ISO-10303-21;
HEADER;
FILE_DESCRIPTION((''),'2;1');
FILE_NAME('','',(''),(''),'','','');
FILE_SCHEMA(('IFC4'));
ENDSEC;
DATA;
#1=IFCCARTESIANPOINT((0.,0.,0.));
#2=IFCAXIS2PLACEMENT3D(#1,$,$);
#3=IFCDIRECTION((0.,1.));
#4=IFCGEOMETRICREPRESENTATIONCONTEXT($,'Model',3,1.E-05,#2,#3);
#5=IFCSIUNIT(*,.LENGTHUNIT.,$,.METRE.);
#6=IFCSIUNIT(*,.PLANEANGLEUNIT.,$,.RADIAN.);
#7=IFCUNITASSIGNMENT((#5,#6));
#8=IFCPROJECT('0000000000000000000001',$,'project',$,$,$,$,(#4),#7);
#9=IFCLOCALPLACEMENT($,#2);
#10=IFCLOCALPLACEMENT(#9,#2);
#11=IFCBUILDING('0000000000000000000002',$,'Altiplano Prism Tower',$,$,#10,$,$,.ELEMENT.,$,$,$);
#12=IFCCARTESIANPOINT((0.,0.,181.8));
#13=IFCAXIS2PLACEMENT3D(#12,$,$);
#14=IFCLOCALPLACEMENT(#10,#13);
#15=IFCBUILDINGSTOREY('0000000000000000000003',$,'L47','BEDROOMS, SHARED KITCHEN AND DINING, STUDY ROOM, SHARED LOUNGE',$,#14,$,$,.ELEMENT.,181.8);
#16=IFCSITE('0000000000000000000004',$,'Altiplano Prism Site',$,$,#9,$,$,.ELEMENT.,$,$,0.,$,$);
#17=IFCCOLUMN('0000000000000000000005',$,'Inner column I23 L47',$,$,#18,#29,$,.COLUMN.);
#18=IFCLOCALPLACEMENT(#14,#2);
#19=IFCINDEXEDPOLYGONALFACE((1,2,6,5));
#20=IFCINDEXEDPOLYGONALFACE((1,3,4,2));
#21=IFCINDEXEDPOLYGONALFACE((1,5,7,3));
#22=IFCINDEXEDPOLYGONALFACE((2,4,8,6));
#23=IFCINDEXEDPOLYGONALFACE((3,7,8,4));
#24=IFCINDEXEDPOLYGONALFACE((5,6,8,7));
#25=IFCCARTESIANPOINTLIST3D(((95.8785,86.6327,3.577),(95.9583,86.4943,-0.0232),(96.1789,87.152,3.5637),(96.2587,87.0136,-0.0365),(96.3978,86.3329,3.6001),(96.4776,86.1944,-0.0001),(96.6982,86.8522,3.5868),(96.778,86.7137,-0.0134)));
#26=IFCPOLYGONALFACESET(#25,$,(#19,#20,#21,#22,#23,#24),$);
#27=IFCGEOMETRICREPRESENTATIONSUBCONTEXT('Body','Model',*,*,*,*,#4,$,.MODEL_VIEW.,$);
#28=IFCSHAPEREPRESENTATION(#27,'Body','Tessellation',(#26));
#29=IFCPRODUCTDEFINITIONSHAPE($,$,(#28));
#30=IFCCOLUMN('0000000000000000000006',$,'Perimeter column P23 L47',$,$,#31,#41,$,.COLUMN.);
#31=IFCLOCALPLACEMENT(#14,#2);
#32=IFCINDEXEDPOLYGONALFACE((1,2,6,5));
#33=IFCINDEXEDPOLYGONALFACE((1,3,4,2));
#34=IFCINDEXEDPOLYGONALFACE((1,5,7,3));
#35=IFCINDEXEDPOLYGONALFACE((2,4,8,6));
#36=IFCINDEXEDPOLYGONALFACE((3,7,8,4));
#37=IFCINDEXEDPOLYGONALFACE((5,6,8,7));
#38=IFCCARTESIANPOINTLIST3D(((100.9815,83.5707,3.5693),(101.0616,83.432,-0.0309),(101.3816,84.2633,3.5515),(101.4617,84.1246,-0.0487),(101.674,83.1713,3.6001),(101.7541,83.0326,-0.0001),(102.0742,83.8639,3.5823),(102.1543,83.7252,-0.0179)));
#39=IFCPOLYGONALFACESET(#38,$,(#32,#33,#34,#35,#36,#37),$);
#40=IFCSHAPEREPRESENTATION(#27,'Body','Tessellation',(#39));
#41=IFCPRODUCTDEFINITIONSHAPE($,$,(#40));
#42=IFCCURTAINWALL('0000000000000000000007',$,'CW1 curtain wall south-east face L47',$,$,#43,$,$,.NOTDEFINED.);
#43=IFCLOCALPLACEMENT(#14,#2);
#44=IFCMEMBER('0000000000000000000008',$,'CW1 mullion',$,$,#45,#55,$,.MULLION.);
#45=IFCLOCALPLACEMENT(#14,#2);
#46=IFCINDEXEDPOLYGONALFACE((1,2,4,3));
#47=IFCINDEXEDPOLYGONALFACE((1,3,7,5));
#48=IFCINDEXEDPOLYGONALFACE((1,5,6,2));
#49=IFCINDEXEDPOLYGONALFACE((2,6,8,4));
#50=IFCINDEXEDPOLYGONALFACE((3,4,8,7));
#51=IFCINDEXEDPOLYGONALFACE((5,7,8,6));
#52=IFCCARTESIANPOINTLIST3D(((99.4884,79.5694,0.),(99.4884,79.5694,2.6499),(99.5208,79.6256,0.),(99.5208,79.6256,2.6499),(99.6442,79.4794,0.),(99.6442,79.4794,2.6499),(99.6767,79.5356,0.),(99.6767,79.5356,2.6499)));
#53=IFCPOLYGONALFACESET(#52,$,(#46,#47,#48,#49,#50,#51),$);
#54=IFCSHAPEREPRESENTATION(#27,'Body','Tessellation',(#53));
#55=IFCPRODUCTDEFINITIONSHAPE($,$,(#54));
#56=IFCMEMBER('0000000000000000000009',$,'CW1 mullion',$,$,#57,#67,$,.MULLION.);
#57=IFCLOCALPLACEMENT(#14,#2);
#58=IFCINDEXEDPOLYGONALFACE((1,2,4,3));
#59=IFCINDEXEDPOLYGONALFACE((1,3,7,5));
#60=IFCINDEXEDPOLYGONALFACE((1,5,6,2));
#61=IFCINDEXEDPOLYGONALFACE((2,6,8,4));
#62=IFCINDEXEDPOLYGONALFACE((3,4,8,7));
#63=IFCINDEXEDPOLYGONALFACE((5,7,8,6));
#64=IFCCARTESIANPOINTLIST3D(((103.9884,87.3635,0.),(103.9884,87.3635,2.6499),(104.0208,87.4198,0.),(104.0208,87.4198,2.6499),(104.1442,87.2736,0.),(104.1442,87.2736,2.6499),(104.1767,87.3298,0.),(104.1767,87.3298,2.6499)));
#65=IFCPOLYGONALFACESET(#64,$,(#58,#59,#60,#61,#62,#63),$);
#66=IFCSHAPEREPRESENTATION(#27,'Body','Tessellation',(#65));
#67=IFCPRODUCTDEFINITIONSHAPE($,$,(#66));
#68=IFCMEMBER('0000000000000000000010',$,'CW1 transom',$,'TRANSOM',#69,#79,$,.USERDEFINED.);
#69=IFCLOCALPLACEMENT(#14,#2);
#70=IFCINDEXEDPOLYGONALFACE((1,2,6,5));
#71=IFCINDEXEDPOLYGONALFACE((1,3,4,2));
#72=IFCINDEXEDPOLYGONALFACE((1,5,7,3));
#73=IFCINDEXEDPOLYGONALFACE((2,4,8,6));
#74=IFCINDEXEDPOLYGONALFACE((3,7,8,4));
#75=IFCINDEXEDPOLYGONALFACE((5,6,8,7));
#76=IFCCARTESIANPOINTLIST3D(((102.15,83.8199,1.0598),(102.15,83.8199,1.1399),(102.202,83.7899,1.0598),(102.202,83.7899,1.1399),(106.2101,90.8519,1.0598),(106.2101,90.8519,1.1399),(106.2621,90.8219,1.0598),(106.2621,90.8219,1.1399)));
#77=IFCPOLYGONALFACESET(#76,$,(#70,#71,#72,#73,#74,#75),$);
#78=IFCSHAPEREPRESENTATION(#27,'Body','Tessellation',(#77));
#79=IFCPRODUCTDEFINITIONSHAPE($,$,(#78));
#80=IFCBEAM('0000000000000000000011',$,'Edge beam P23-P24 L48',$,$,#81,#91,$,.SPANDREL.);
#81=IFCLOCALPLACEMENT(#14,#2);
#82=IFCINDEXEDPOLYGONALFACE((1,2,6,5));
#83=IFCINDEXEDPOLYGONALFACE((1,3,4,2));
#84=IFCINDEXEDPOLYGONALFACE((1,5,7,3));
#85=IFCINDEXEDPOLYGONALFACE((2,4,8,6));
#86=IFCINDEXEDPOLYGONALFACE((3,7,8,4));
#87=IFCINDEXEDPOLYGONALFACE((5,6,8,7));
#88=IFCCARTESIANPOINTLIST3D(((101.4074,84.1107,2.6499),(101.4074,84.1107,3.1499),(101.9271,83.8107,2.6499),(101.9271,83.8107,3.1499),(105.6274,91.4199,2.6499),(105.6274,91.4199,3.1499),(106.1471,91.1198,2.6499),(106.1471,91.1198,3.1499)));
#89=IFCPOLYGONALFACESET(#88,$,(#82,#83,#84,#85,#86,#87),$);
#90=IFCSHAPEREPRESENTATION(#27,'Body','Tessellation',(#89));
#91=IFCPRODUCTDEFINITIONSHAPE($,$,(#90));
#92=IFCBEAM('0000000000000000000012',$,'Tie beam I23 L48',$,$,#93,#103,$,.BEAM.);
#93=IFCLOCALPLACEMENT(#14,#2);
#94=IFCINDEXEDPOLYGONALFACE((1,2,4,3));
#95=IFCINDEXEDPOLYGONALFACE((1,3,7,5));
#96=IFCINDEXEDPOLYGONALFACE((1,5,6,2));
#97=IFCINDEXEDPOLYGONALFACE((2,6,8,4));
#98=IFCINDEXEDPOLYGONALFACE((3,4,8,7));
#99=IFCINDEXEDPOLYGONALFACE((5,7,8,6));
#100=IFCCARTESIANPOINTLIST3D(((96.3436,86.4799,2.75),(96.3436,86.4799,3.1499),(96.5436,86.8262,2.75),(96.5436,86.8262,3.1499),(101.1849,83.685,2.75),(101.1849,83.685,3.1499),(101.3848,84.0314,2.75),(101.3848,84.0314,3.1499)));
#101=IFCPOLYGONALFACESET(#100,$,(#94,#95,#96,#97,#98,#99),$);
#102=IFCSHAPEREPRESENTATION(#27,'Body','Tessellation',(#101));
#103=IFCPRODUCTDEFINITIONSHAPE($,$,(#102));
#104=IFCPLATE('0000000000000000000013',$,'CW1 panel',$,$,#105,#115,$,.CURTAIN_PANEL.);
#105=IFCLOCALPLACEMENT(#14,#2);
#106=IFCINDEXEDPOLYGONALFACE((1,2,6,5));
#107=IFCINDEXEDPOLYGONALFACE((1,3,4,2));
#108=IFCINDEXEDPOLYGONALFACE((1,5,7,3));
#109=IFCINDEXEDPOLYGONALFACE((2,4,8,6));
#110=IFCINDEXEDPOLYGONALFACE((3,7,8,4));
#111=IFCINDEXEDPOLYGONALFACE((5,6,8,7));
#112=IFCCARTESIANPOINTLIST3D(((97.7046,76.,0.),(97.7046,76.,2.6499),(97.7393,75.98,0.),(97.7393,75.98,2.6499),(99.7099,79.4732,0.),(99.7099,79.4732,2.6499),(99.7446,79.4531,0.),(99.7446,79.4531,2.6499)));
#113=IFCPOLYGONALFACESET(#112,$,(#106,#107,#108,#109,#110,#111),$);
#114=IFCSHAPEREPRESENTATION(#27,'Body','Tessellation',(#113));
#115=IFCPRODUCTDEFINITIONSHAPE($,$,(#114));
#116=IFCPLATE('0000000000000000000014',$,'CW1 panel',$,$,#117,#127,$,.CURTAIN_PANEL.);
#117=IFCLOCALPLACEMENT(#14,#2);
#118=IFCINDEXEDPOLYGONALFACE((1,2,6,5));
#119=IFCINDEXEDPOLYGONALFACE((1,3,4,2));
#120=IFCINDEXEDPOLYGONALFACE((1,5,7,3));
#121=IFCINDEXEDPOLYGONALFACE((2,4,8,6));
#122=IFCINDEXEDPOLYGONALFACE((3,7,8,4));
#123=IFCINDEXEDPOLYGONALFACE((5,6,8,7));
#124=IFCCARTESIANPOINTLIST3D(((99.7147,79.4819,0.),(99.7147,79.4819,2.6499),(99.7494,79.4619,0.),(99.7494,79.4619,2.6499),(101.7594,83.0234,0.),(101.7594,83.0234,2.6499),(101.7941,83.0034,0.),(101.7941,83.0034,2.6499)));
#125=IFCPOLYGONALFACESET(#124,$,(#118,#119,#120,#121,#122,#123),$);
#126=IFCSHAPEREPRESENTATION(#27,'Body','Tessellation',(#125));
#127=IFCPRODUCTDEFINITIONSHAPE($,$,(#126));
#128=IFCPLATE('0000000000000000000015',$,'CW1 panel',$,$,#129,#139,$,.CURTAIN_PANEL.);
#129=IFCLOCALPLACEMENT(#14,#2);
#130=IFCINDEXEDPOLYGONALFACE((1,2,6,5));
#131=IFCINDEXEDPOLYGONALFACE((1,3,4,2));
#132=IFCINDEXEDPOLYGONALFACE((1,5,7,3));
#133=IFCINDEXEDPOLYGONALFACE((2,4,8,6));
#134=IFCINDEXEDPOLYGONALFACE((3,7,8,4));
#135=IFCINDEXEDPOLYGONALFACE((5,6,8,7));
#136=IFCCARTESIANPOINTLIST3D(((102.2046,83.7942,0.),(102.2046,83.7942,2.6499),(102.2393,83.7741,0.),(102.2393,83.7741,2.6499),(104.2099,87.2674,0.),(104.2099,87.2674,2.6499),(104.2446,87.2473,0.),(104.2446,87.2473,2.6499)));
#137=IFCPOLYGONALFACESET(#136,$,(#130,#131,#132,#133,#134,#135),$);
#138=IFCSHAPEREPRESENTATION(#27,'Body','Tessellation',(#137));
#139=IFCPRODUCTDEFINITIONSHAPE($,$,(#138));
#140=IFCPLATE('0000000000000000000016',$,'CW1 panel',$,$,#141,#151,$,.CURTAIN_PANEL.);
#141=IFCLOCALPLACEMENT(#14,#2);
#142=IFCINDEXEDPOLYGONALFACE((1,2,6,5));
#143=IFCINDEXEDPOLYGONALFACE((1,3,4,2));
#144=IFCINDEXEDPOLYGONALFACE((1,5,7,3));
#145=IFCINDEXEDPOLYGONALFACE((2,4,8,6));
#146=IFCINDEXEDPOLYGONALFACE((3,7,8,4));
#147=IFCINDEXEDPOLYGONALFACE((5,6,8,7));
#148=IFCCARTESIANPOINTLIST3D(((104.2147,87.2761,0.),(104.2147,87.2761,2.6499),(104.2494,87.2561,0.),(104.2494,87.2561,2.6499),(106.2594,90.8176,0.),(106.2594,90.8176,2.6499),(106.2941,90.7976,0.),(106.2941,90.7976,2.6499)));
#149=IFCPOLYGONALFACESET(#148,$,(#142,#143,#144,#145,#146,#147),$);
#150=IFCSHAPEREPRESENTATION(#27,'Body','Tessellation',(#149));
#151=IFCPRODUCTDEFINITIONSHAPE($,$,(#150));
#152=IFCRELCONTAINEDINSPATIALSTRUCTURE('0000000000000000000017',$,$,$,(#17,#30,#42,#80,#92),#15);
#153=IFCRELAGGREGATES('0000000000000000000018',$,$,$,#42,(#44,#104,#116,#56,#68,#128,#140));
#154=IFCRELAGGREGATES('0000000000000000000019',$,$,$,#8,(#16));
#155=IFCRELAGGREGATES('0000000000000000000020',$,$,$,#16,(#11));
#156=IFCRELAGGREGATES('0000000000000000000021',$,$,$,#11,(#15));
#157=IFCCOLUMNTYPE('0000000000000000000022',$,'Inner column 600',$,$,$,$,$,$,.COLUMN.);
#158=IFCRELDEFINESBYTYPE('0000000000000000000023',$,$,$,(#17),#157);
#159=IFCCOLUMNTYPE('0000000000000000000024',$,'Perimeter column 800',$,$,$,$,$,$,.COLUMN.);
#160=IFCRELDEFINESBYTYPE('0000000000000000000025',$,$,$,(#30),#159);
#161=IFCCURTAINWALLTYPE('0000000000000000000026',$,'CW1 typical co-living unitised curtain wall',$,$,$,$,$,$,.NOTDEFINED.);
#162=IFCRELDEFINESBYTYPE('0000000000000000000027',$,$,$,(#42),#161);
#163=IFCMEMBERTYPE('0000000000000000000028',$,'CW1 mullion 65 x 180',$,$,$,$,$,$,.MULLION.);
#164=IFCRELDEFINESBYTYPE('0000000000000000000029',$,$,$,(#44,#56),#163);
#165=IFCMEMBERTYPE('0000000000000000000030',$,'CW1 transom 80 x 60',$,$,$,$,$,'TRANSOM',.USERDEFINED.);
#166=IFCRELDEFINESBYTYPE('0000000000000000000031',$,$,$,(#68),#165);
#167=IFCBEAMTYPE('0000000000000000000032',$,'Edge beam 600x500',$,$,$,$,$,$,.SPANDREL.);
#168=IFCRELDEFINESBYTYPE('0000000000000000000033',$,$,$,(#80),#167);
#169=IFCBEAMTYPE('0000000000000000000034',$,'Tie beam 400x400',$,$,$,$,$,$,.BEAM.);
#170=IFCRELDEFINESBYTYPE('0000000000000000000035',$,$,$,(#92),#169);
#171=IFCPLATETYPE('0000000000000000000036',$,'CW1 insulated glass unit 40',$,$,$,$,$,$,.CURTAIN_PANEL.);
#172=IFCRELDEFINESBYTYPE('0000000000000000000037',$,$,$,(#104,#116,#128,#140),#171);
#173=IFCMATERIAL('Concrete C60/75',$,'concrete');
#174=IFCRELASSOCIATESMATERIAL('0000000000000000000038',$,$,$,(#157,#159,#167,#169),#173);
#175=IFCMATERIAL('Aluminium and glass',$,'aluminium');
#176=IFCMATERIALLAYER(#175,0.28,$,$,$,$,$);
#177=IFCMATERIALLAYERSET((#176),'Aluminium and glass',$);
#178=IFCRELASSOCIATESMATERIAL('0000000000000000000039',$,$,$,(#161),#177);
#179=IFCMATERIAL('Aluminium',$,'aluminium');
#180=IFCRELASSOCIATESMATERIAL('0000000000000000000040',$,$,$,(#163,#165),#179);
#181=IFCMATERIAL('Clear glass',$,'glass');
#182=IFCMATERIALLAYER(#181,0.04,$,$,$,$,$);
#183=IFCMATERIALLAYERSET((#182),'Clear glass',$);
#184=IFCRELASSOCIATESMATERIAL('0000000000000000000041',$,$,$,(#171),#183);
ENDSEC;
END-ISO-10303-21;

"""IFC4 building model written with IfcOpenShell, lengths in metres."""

from ifc_helpers import new_model, si_unit, direction, frame, origin, origin_2d, place, context, subcontext, project, spatial, rectangle, extrude, material, layer, layer_set, material_profile, profile_set, type_object, element, aggregate, save


model = new_model("IFC4")

# Units and contexts
model_context = context("Model", 3, precision=1e-05, world=origin(), true_north=direction((0.0, 1.0)))
body_context = subcontext(model_context, "Body", "Model", "MODEL_VIEW")
ifc_project = project(units=[si_unit("LENGTHUNIT", "METRE"), si_unit("PLANEANGLEUNIT", "RADIAN")], contexts=[model_context])

# Site, building, storey
site_placement = place(None, origin())
site = spatial("IfcSite", under=ifc_project, at=site_placement, Name="Altiplano Prism Site", CompositionType="ELEMENT", RefElevation=0.0)
building_placement = place(site_placement, origin())
building = spatial("IfcBuilding", under=site, at=building_placement, Name="Altiplano Prism Tower", CompositionType="ELEMENT")
storey_placement = place(building_placement, frame((0.0, 0.0, 181.8)))
storey = spatial("IfcBuildingStorey", under=building, at=storey_placement, Name="L47", Description="BEDROOMS, SHARED KITCHEN AND DINING, STUDY ROOM, SHARED LOUNGE", CompositionType="ELEMENT", Elevation=181.8)

# Columns
ifc_material_1 = material(Name="Concrete C60/75", Category="concrete")
ifc_material_profile_1 = material_profile(ifc_material_1, rectangle(XDim=0.6001, YDim=0.6001, at=origin_2d()), Name="Inner column 600")
ifc_profile_set_1 = profile_set([ifc_material_profile_1], Name="Concrete C60/75")
column_type_1 = type_object("IfcColumnType", Name="Inner column 600", PredefinedType="COLUMN", material=ifc_profile_set_1)
column_1_placement = place(storey_placement, frame((96.3682, 86.604, -0.0183), z_axis=(-0.022154, 0.038413, 0.999016), x_axis=(-0.500655, -0.865363, 0.022172)))
element("IfcColumn", 1, at=column_1_placement, inside=storey, type_object=column_type_1, Name="Inner column I23 L47", PredefinedType="COLUMN", context=body_context, shape_type="SweptSolid", body=[
    extrude(rectangle(XDim=0.6001, YDim=0.6001, at=origin_2d()), origin(), (0.0, 0.0, 1.0), 3.6038),
])
ifc_material_profile_2 = material_profile(ifc_material_1, rectangle(XDim=0.8, YDim=0.8, at=origin_2d()), Name="Perimeter column 800")
ifc_profile_set_2 = profile_set([ifc_material_profile_2], Name="Concrete C60/75")
column_type_2 = type_object("IfcColumnType", Name="Perimeter column 800", PredefinedType="COLUMN", material=ifc_profile_set_2)
column_2_placement = place(storey_placement, frame((101.6079, 83.5786, -0.0244), z_axis=(-0.022221, 0.038481, 0.999012), x_axis=(-0.500172, -0.865641, 0.022218)))
element("IfcColumn", 2, at=column_2_placement, inside=storey, type_object=column_type_2, Name="Perimeter column P23 L47", PredefinedType="COLUMN", context=body_context, shape_type="SweptSolid", body=[
    extrude(rectangle(XDim=0.8, YDim=0.8, at=origin_2d()), origin(), (0.0, 0.0, 1.0), 3.6038),
])

# Curtain wall, members
ifc_material_2 = material(Name="Aluminium and glass", Category="aluminium")
ifc_layer_1 = layer(ifc_material_2, 0.28)
ifc_layer_set_1 = layer_set([ifc_layer_1], Name="Aluminium and glass")
curtain_wall_type = type_object("IfcCurtainWallType", Name="CW1 typical co-living unitised curtain wall", PredefinedType="NOTDEFINED", material=ifc_layer_set_1)
curtain_wall_placement = place(storey_placement, origin())
curtain_wall = element("IfcCurtainWall", 3, at=curtain_wall_placement, inside=storey, type_object=curtain_wall_type, Name="CW1 curtain wall south-east face L47", PredefinedType="NOTDEFINED")
ifc_material_3 = material(Name="Aluminium", Category="aluminium")
ifc_material_profile_3 = material_profile(ifc_material_3, rectangle(XDim=0.1799, YDim=0.0649, at=origin_2d()), Name="CW1 mullion 65 x 180")
ifc_profile_set_3 = profile_set([ifc_material_profile_3], Name="Aluminium")
member_type_1 = type_object("IfcMemberType", Name="CW1 mullion 65 x 180", PredefinedType="MULLION", material=ifc_profile_set_3)
member_1_placement = place(storey_placement, frame((99.5825, 79.5525, 0.0), z_axis=(0.0, 0.0, 1.0), x_axis=(-0.866025, 0.5, 0.0)))
member_1 = element("IfcMember", 4, at=member_1_placement, type_object=member_type_1, Name="CW1 mullion", PredefinedType="MULLION", context=body_context, shape_type="SweptSolid", body=[
    extrude(rectangle(XDim=0.1799, YDim=0.0649, at=origin_2d()), origin(), (0.0, 0.0, 1.0), 2.6499),
])
member_2_placement = place(storey_placement, frame((104.0825, 87.3467, 0.0), z_axis=(0.0, 0.0, 1.0), x_axis=(-0.866025, 0.5, 0.0)))
member_2 = element("IfcMember", 5, at=member_2_placement, type_object=member_type_1, Name="CW1 mullion", PredefinedType="MULLION", context=body_context, shape_type="SweptSolid", body=[
    extrude(rectangle(XDim=0.1799, YDim=0.0649, at=origin_2d()), origin(), (0.0, 0.0, 1.0), 2.6499),
])
ifc_material_profile_4 = material_profile(ifc_material_3, rectangle(XDim=0.0601, YDim=0.0801, at=origin_2d()), Name="CW1 transom 80 x 60")
ifc_profile_set_4 = profile_set([ifc_material_profile_4], Name="Aluminium")
member_type_2 = type_object("IfcMemberType", Name="CW1 transom 80 x 60", ElementType="TRANSOM", PredefinedType="USERDEFINED", material=ifc_profile_set_4)
member_3_placement = place(storey_placement, frame((102.176, 83.8049, 1.0999), z_axis=(0.500013, 0.866018, 0.0), x_axis=(-0.866018, 0.500013, 0.0)))
member_3 = element("IfcMember", 6, at=member_3_placement, type_object=member_type_2, Name="CW1 transom", ObjectType="TRANSOM", PredefinedType="USERDEFINED", context=body_context, shape_type="SweptSolid", body=[
    extrude(rectangle(XDim=0.0601, YDim=0.0801, at=origin_2d()), origin(), (0.0, 0.0, 1.0), 8.1199),
])

# Beams
ifc_material_profile_5 = material_profile(ifc_material_1, rectangle(XDim=0.6001, YDim=0.5, at=origin_2d()), Name="Edge beam 600x500")
ifc_profile_set_5 = profile_set([ifc_material_profile_5], Name="Concrete C60/75")
beam_type_1 = type_object("IfcBeamType", Name="Edge beam 600x500", PredefinedType="SPANDREL", material=ifc_profile_set_5)
beam_1_placement = place(storey_placement, frame((101.6672, 83.9607, 2.8999), z_axis=(0.500006, 0.866022, 0.0), x_axis=(-0.866022, 0.500006, 0.0)))
element("IfcBeam", 7, at=beam_1_placement, inside=storey, type_object=beam_type_1, Name="Edge beam P23-P24 L48", PredefinedType="SPANDREL", context=body_context, shape_type="SweptSolid", body=[
    extrude(rectangle(XDim=0.6001, YDim=0.5, at=origin_2d()), origin(), (0.0, 0.0, 1.0), 8.4399),
])
ifc_material_profile_6 = material_profile(ifc_material_1, rectangle(XDim=0.3999, YDim=0.3999, at=origin_2d()), Name="Tie beam 400x400")
ifc_profile_set_6 = profile_set([ifc_material_profile_6], Name="Concrete C60/75")
beam_type_2 = type_object("IfcBeamType", Name="Tie beam 400x400", PredefinedType="BEAM", material=ifc_profile_set_6)
beam_2_placement = place(storey_placement, frame((96.4436, 86.6531, 2.95), z_axis=(0.866042, -0.499972, 0.0), x_axis=(0.499972, 0.866042, 0.0)))
element("IfcBeam", 8, at=beam_2_placement, inside=storey, type_object=beam_type_2, Name="Tie beam I23 L48", PredefinedType="BEAM", context=body_context, shape_type="SweptSolid", body=[
    extrude(rectangle(XDim=0.3999, YDim=0.3999, at=origin_2d()), origin(), (0.0, 0.0, 1.0), 5.5901),
])

# Plates
ifc_material_4 = material(Name="Clear glass", Category="glass")
ifc_layer_2 = layer(ifc_material_4, 0.04)
ifc_layer_set_2 = layer_set([ifc_layer_2], Name="Clear glass")
plate_type = type_object("IfcPlateType", Name="CW1 insulated glass unit 40", PredefinedType="CURTAIN_PANEL", material=ifc_layer_set_2)
plate_1_placement = place(storey_placement, frame((98.7246, 77.7266, 0.0), z_axis=(0.0, 0.0, 1.0), x_axis=(0.5, 0.866025, 0.0)))
plate_1 = element("IfcPlate", 9, at=plate_1_placement, type_object=plate_type, Name="CW1 panel", PredefinedType="CURTAIN_PANEL", context=body_context, shape_type="SweptSolid", body=[
    extrude(rectangle(XDim=4.0105, YDim=0.04, at=origin_2d()), origin(), (0.0, 0.0, 1.0), 2.6499),
])
plate_2_placement = place(storey_placement, frame((100.7544, 81.2427, 0.0), z_axis=(0.0, 0.0, 1.0), x_axis=(0.5, 0.866025, 0.0)))
plate_2 = element("IfcPlate", 10, at=plate_2_placement, type_object=plate_type, Name="CW1 panel", PredefinedType="CURTAIN_PANEL", context=body_context, shape_type="SweptSolid", body=[
    extrude(rectangle(XDim=4.0894, YDim=0.04, at=origin_2d()), origin(), (0.0, 0.0, 1.0), 2.6499),
])
plate_3_placement = place(storey_placement, frame((103.2246, 85.5208, 0.0), z_axis=(0.0, 0.0, 1.0), x_axis=(0.5, 0.866025, 0.0)))
plate_3 = element("IfcPlate", 11, at=plate_3_placement, type_object=plate_type, Name="CW1 panel", PredefinedType="CURTAIN_PANEL", context=body_context, shape_type="SweptSolid", body=[
    extrude(rectangle(XDim=4.0105, YDim=0.04, at=origin_2d()), origin(), (0.0, 0.0, 1.0), 2.6499),
])
plate_4_placement = place(storey_placement, frame((105.2544, 89.0369, 0.0), z_axis=(0.0, 0.0, 1.0), x_axis=(0.5, 0.866025, 0.0)))
plate_4 = element("IfcPlate", 12, at=plate_4_placement, type_object=plate_type, Name="CW1 panel", PredefinedType="CURTAIN_PANEL", context=body_context, shape_type="SweptSolid", body=[
    extrude(rectangle(XDim=4.0894, YDim=0.04, at=origin_2d()), origin(), (0.0, 0.0, 1.0), 2.6499),
])
aggregate(curtain_wall, [member_1, plate_1, plate_2, member_2, member_3, plate_3, plate_4])

save(model, "model.ifc")
